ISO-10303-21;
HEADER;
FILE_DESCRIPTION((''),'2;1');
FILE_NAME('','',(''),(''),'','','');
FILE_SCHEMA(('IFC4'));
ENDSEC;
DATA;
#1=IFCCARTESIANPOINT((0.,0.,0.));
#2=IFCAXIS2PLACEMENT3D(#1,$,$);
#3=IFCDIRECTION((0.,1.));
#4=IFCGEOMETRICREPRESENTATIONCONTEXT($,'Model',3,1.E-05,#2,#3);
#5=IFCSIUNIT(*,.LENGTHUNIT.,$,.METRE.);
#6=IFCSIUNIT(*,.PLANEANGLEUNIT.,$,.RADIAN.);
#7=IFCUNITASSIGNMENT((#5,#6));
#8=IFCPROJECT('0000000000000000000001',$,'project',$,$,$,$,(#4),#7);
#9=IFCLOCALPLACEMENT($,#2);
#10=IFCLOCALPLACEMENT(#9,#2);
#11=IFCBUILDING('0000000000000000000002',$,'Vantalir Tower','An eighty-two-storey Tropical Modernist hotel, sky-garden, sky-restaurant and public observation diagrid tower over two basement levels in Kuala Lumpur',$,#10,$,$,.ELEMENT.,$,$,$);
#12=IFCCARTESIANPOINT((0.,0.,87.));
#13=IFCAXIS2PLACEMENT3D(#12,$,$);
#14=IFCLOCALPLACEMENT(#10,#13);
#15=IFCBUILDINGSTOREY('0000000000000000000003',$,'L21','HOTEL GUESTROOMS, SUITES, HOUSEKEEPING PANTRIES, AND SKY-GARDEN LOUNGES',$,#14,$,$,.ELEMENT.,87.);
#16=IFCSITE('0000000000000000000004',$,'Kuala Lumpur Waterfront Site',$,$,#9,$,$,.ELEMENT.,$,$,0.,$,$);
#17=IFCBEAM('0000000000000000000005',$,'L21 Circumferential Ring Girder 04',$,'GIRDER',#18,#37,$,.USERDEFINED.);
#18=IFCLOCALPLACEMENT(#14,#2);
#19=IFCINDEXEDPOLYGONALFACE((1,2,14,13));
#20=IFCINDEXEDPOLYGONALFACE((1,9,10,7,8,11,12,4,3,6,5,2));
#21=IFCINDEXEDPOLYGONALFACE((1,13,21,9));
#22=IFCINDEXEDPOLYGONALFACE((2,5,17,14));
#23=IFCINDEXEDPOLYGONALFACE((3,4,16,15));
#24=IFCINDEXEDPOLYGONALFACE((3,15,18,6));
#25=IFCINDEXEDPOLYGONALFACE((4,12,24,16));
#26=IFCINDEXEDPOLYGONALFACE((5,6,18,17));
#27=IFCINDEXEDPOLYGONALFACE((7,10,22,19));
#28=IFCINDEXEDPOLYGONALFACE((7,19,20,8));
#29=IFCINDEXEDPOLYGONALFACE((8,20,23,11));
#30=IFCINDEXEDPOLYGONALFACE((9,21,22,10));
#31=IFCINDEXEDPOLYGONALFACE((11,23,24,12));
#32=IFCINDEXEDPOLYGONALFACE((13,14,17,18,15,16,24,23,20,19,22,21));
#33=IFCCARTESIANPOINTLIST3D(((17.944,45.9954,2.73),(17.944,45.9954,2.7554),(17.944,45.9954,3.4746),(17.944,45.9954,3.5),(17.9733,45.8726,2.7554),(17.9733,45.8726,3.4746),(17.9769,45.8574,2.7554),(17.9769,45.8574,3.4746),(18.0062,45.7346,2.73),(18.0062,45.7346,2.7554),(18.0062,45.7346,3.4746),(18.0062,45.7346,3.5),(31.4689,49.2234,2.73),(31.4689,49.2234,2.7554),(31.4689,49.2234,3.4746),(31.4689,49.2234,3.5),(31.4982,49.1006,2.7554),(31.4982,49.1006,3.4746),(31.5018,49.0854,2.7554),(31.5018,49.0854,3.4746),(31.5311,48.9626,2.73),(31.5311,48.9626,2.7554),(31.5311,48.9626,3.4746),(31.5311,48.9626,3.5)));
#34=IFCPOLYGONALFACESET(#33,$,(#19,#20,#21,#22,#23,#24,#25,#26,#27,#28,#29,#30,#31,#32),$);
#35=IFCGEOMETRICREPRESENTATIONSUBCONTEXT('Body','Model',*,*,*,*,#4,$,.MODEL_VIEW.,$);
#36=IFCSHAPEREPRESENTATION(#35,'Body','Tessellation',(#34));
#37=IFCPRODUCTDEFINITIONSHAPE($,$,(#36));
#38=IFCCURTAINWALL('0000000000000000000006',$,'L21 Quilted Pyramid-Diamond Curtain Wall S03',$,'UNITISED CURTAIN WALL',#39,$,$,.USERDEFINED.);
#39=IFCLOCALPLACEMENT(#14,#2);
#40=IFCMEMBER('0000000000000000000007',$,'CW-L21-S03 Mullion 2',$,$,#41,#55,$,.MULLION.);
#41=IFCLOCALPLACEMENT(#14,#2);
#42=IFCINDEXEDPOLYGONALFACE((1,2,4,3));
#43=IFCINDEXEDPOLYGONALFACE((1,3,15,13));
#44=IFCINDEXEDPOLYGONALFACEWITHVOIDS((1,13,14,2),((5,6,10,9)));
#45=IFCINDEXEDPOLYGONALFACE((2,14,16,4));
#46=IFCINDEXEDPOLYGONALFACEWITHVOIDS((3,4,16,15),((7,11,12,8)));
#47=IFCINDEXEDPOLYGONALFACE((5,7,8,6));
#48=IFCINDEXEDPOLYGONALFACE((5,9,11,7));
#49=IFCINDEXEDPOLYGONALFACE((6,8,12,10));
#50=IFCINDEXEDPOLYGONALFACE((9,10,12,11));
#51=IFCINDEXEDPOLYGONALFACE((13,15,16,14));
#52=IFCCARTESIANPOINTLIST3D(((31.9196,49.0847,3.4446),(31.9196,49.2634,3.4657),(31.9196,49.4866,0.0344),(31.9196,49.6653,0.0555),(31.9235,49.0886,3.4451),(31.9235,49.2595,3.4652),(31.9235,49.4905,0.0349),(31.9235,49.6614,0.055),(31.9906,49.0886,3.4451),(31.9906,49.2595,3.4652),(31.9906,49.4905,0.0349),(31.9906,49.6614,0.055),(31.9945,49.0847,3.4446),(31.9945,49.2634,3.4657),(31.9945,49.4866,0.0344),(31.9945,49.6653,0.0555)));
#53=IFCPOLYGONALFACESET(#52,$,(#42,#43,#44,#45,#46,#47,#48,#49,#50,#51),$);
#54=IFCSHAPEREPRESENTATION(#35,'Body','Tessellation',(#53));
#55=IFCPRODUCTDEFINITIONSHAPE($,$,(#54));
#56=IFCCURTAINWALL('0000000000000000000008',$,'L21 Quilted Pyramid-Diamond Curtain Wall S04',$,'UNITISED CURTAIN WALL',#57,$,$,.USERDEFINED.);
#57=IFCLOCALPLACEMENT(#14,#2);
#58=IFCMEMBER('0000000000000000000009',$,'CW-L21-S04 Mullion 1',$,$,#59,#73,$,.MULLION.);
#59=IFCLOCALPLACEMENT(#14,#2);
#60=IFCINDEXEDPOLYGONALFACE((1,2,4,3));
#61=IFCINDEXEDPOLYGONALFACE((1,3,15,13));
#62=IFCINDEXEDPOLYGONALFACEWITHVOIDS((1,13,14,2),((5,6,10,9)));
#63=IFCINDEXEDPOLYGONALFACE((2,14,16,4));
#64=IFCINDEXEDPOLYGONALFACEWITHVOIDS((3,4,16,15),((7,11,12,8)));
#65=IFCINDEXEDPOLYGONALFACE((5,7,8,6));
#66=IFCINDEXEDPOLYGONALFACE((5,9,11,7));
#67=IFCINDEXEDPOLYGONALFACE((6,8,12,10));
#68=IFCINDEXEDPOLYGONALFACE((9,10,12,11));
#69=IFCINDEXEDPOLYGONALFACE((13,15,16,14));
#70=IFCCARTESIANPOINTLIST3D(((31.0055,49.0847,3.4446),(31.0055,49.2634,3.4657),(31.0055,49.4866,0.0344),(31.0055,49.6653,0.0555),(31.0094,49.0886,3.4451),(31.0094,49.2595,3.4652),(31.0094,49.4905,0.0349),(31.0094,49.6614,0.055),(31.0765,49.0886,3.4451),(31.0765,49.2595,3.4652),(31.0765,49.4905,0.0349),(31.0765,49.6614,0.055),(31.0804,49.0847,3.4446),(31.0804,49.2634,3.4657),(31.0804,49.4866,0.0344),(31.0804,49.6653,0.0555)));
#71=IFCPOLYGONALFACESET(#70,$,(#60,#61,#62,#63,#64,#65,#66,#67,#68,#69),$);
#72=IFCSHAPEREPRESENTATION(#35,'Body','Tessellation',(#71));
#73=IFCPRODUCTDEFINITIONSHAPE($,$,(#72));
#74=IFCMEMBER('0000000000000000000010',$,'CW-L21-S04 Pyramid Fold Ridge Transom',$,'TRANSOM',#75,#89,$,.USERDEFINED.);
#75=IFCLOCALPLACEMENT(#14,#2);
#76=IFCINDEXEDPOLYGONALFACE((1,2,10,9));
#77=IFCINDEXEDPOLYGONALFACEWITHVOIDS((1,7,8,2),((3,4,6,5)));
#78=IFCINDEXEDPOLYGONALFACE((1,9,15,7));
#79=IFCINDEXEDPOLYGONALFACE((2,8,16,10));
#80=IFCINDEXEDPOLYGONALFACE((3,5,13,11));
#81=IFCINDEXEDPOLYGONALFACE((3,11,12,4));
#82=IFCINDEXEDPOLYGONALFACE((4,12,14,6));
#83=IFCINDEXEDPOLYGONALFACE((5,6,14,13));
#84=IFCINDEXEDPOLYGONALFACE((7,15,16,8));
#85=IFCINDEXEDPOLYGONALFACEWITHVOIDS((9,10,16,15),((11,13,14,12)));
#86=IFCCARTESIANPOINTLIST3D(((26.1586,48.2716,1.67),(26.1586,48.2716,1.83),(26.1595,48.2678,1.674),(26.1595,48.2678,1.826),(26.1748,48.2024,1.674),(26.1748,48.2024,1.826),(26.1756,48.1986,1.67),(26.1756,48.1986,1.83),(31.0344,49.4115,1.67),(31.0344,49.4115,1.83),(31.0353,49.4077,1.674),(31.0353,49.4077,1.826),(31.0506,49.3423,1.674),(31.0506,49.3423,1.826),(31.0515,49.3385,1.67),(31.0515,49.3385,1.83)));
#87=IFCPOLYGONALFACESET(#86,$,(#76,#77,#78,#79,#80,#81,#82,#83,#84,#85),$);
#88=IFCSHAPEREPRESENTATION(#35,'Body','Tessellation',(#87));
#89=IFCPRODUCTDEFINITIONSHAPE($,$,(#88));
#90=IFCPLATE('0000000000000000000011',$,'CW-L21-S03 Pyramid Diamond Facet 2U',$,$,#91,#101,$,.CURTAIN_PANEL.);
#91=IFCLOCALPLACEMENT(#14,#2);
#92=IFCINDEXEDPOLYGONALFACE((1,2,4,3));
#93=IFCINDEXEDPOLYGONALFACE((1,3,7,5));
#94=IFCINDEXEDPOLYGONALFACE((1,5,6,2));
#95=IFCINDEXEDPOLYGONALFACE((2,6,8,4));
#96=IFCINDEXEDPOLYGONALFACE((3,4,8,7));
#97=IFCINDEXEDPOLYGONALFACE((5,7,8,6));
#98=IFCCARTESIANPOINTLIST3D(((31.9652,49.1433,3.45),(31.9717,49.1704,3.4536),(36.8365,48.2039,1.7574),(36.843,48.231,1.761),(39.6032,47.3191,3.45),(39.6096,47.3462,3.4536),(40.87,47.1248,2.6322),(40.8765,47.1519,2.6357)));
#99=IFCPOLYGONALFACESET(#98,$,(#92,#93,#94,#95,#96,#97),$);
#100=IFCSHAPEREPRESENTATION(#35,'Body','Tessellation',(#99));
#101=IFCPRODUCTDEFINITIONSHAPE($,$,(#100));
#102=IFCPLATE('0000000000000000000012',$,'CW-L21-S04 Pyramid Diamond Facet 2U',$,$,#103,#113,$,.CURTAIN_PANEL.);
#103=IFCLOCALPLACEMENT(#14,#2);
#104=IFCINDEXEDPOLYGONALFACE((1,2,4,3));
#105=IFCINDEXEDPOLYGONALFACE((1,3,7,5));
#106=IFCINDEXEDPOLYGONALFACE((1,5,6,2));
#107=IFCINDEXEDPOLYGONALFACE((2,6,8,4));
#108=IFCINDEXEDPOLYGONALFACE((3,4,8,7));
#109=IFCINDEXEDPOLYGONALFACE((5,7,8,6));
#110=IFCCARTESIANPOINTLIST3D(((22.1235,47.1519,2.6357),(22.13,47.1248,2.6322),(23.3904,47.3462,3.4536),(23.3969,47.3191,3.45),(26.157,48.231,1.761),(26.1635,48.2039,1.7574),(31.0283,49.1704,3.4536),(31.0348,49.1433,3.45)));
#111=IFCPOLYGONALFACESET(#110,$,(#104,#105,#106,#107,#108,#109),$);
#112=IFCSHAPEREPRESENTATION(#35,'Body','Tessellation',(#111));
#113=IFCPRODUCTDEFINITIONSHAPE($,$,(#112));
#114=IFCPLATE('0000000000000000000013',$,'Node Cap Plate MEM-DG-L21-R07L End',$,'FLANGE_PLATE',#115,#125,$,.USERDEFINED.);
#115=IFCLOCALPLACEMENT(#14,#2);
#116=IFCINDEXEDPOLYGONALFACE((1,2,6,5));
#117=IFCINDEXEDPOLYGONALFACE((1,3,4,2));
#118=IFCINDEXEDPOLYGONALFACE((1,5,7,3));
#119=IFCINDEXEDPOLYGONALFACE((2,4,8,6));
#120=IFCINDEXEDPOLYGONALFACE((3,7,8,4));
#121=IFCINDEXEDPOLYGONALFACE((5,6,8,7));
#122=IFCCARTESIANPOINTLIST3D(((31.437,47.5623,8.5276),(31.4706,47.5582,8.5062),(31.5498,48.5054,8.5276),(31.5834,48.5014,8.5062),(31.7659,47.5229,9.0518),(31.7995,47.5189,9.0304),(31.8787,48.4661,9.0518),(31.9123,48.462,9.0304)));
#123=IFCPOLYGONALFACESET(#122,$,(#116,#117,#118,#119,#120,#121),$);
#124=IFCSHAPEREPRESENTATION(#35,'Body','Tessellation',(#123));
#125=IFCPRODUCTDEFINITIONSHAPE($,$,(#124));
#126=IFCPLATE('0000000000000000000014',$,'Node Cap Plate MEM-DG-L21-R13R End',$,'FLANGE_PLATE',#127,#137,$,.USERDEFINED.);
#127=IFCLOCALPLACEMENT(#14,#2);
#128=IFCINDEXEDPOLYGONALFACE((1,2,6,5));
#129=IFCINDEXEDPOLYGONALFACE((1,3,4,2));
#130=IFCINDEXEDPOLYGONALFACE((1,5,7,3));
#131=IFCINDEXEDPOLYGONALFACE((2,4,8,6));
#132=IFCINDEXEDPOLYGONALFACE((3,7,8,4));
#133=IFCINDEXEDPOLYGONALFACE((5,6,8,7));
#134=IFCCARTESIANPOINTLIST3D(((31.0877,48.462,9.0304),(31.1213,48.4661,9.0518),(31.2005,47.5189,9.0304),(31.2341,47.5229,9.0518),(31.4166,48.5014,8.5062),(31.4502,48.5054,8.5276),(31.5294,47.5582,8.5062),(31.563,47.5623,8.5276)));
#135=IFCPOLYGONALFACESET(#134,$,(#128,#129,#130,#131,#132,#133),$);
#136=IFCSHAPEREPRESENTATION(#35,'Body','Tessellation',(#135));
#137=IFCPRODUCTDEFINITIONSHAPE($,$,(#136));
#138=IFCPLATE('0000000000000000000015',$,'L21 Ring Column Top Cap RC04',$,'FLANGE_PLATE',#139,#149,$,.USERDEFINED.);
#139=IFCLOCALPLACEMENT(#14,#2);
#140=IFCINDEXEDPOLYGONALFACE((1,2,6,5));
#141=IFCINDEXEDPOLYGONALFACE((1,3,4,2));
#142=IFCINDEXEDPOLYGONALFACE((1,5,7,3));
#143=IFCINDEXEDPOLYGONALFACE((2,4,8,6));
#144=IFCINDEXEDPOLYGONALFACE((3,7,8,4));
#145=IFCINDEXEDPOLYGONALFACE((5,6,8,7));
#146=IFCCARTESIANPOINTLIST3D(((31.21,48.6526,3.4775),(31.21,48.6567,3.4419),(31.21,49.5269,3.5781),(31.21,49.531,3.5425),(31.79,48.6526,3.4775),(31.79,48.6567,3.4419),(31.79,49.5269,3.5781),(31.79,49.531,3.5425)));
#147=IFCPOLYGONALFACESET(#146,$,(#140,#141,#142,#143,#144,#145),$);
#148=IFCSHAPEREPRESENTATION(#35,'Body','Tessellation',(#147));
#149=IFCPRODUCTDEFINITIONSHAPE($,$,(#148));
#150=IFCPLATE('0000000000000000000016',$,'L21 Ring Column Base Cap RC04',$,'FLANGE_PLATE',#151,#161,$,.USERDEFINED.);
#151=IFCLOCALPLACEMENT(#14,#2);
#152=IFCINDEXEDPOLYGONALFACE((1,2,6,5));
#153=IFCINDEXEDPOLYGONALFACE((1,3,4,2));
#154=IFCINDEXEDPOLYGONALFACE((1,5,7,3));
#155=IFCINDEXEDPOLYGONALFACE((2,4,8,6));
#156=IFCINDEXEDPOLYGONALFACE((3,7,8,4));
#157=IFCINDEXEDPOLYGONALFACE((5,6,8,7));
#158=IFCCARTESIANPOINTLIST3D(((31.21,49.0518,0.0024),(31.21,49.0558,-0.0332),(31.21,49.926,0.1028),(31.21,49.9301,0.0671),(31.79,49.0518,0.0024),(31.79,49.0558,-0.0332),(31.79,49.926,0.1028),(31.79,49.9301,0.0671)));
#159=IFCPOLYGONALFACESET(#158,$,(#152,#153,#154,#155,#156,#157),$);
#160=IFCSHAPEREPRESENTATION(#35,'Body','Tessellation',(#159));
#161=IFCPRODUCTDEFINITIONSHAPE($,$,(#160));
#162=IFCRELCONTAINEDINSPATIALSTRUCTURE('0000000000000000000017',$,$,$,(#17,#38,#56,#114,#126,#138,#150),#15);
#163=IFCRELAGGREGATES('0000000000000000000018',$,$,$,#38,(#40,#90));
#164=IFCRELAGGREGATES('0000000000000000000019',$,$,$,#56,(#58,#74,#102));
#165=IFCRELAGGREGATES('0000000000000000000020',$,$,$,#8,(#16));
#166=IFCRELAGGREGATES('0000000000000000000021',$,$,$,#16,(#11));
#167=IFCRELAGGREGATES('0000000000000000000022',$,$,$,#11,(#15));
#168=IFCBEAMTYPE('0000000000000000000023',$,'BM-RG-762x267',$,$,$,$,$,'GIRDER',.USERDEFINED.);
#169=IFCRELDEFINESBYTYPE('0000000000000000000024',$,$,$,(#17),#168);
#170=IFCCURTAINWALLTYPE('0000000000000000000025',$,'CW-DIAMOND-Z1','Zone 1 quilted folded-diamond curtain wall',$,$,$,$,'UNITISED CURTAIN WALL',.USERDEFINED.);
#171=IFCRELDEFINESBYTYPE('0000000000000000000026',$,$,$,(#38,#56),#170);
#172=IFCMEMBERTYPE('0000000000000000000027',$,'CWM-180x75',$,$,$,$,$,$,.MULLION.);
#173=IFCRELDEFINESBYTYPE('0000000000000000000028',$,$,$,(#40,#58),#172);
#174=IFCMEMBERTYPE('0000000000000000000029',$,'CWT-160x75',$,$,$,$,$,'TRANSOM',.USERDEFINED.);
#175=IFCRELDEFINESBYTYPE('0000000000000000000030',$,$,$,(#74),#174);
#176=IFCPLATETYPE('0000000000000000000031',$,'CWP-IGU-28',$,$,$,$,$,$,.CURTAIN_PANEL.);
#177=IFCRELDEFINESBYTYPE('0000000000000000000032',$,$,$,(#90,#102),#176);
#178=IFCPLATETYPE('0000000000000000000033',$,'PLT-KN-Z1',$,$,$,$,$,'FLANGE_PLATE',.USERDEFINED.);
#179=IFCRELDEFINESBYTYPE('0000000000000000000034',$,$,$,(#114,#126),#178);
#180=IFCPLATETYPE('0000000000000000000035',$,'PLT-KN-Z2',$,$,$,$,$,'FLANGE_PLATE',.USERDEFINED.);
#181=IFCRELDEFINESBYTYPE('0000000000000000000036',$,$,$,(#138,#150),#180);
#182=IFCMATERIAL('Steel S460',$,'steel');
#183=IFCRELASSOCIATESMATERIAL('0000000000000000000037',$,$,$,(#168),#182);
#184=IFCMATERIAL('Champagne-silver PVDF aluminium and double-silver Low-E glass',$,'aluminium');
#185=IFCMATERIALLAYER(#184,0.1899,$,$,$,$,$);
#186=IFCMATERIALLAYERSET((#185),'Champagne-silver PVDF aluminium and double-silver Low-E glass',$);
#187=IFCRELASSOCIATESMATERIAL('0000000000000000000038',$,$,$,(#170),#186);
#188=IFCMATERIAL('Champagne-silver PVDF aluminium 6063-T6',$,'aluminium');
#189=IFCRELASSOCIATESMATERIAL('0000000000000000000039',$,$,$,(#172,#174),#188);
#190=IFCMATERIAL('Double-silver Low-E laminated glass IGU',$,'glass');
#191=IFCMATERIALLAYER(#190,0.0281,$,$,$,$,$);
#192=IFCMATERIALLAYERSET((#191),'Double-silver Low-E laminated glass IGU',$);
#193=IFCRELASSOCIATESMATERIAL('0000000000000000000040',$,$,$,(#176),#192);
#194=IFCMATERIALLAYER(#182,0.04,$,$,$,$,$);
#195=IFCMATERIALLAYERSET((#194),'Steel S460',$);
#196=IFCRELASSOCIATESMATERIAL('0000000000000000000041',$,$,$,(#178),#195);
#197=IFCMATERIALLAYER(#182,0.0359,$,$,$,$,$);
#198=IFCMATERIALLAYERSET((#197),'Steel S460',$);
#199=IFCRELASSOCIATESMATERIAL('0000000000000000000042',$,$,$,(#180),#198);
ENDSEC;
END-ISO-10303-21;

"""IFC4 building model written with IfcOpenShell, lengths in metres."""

from ifc_helpers import new_model, si_unit, direction, frame, origin, origin_2d, place, context, subcontext, project, spatial, polyline, hollow_rectangle, i_section, outline, extrude, material, layer, layer_set, material_profile, profile_set, type_object, element, aggregate, save


model = new_model("IFC4")

# Units and contexts
model_context = context("Model", 3, precision=1e-05, world=origin(), true_north=direction((0.0, 1.0)))
body_context = subcontext(model_context, "Body", "Model", "MODEL_VIEW")
ifc_project = project(units=[si_unit("LENGTHUNIT", "METRE"), si_unit("PLANEANGLEUNIT", "RADIAN")], contexts=[model_context])

# Site, building, storey
site_placement = place(None, origin())
site = spatial("IfcSite", under=ifc_project, at=site_placement, Name="Kuala Lumpur Waterfront Site", CompositionType="ELEMENT", RefElevation=0.0)
building_placement = place(site_placement, origin())
building = spatial("IfcBuilding", under=site, at=building_placement, Name="Vantalir Tower", Description="An eighty-two-storey Tropical Modernist hotel, sky-garden, sky-restaurant and public observation diagrid tower over two basement levels in Kuala Lumpur", CompositionType="ELEMENT")
storey_placement = place(building_placement, frame((0.0, 0.0, 87.0)))
storey = spatial("IfcBuildingStorey", under=building, at=storey_placement, Name="L21", Description="HOTEL GUESTROOMS, SUITES, HOUSEKEEPING PANTRIES, AND SKY-GARDEN LOUNGES", CompositionType="ELEMENT", Elevation=87.0)

# Shared definitions
ifc_material_1 = material(Name="Steel S460", Category="steel")

# Beam
ifc_material_profile_1 = material_profile(ifc_material_1, i_section(OverallWidth=0.2681, OverallDepth=0.77, WebThickness=0.0156, FlangeThickness=0.0254, at=origin_2d()), Name="Steel S460")
ifc_profile_set_1 = profile_set([ifc_material_profile_1], Name="Steel S460")
beam_type_1 = type_object("IfcBeamType", Name="BM-RG-762x267", ElementType="GIRDER", PredefinedType="USERDEFINED", material=ifc_profile_set_1)
beam_1_placement = place(storey_placement, frame((31.5, 49.093, 3.115), z_axis=(-0.972679, -0.232152, 0.0), x_axis=(0.232152, -0.972679, 0.0)))
element("IfcBeam", 1, at=beam_1_placement, inside=storey, type_object=beam_type_1, Name="L21 Circumferential Ring Girder 04", ObjectType="GIRDER", PredefinedType="USERDEFINED", context=body_context, shape_type="SweptSolid", body=[
    extrude(i_section(OverallWidth=0.2681, OverallDepth=0.77, WebThickness=0.0156, FlangeThickness=0.0254, at=origin_2d()), origin(), (0.0, 0.0, 1.0), 13.9048),
])

# Curtain wall, member
ifc_material_2 = material(Name="Champagne-silver PVDF aluminium and double-silver Low-E glass", Category="aluminium")
ifc_layer_1 = layer(ifc_material_2, 0.1899)
ifc_layer_set_1 = layer_set([ifc_layer_1], Name="Champagne-silver PVDF aluminium and double-silver Low-E glass")
curtain_wall_type = type_object("IfcCurtainWallType", Name="CW-DIAMOND-Z1", Description="Zone 1 quilted folded-diamond curtain wall", ElementType="UNITISED CURTAIN WALL", PredefinedType="USERDEFINED", material=ifc_layer_set_1)
curtain_wall_1_placement = place(storey_placement, origin())
curtain_wall_1 = element("IfcCurtainWall", 2, at=curtain_wall_1_placement, inside=storey, type_object=curtain_wall_type, Name="L21 Quilted Pyramid-Diamond Curtain Wall S03", ObjectType="UNITISED CURTAIN WALL", PredefinedType="USERDEFINED")
ifc_material_3 = material(Name="Champagne-silver PVDF aluminium 6063-T6", Category="aluminium")
ifc_material_profile_2 = material_profile(ifc_material_3, hollow_rectangle(XDim=0.075, YDim=0.1799, WallThickness=0.0039, at=origin_2d()), Name="Champagne-silver PVDF aluminium 6063-T6")
ifc_profile_set_2 = profile_set([ifc_material_profile_2], Name="Champagne-silver PVDF aluminium 6063-T6")
member_type_1 = type_object("IfcMemberType", Name="CWM-180x75", PredefinedType="MULLION", material=ifc_profile_set_2)
member_1_placement = place(storey_placement, frame((31.957, 49.5759, 0.0449), z_axis=(0.0, -0.117031, 0.993128), x_axis=(1.0, 0.0, 0.0)))
member_1 = element("IfcMember", 3, at=member_1_placement, type_object=member_type_1, Name="CW-L21-S03 Mullion 2", PredefinedType="MULLION", context=body_context, shape_type="SweptSolid", body=[
    extrude(hollow_rectangle(XDim=0.075, YDim=0.1799, WallThickness=0.0039, at=origin_2d()), origin(), (0.0, 0.0, 1.0), 3.4338),
])

# Curtain wall, members
curtain_wall_2_placement = place(storey_placement, origin())
curtain_wall_2 = element("IfcCurtainWall", 4, at=curtain_wall_2_placement, inside=storey, type_object=curtain_wall_type, Name="L21 Quilted Pyramid-Diamond Curtain Wall S04", ObjectType="UNITISED CURTAIN WALL", PredefinedType="USERDEFINED")
member_2_placement = place(storey_placement, frame((31.043, 49.5759, 0.0449), z_axis=(0.0, -0.117031, 0.993128), x_axis=(1.0, 0.0, 0.0)))
member_2 = element("IfcMember", 5, at=member_2_placement, type_object=member_type_1, Name="CW-L21-S04 Mullion 1", PredefinedType="MULLION", context=body_context, shape_type="SweptSolid", body=[
    extrude(hollow_rectangle(XDim=0.075, YDim=0.1799, WallThickness=0.0039, at=origin_2d()), origin(), (0.0, 0.0, 1.0), 3.4338),
])
ifc_material_profile_3 = material_profile(ifc_material_3, hollow_rectangle(XDim=0.075, YDim=0.1599, WallThickness=0.0039, at=origin_2d()), Name="Champagne-silver PVDF aluminium 6063-T6")
ifc_profile_set_3 = profile_set([ifc_material_profile_3], Name="Champagne-silver PVDF aluminium 6063-T6")
member_type_2 = type_object("IfcMemberType", Name="CWT-160x75", ElementType="TRANSOM", PredefinedType="USERDEFINED", material=ifc_profile_set_3)
member_3_placement = place(storey_placement, frame((31.043, 49.375, 1.75), z_axis=(-0.973745, -0.22764, 0.0), x_axis=(0.22764, -0.973745, 0.0)))
member_3 = element("IfcMember", 6, at=member_3_placement, type_object=member_type_2, Name="CW-L21-S04 Pyramid Fold Ridge Transom", ObjectType="TRANSOM", PredefinedType="USERDEFINED", context=body_context, shape_type="SweptSolid", body=[
    extrude(hollow_rectangle(XDim=0.075, YDim=0.1599, WallThickness=0.0039, at=origin_2d()), origin(), (0.0, 0.0, 1.0), 5.0073),
])

# Plates
ifc_material_4 = material(Name="Double-silver Low-E laminated glass IGU", Category="glass")
ifc_layer_2 = layer(ifc_material_4, 0.0281)
ifc_layer_set_2 = layer_set([ifc_layer_2], Name="Double-silver Low-E laminated glass IGU")
plate_type_1 = type_object("IfcPlateType", Name="CWP-IGU-28", PredefinedType="CURTAIN_PANEL", material=ifc_layer_set_2)
plate_1_placement = place(storey_placement, frame((39.6096, 47.3462, 3.4536), z_axis=(0.230402, 0.964685, 0.127665), x_axis=(-0.972643, 0.232303, 0.0)))
plate_1 = element("IfcPlate", 7, at=plate_1_placement, type_object=plate_type_1, Name="CW-L21-S03 Pyramid Diamond Facet 2U", PredefinedType="CURTAIN_PANEL", context=body_context, shape_type="SweptSolid", body=[
    extrude(outline(polyline([(0.0, 0.0), (7.8528, 0.0), (2.8965, -1.7066), (-1.2773, -0.8246), (0.0, 0.0)])), origin(), (0.0, 0.0, -1.0), 0.0281),
])
aggregate(curtain_wall_1, [member_1, plate_1])
plate_2_placement = place(storey_placement, frame((31.0283, 49.1704, 3.4536), z_axis=(-0.230402, 0.964685, 0.127665), x_axis=(-0.972643, -0.232303, 0.0)))
plate_2 = element("IfcPlate", 8, at=plate_2_placement, type_object=plate_type_1, Name="CW-L21-S04 Pyramid Diamond Facet 2U", PredefinedType="CURTAIN_PANEL", context=body_context, shape_type="SweptSolid", body=[
    extrude(outline(polyline([(0.0, 0.0), (7.8528, 0.0), (9.1301, -0.8246), (4.9563, -1.7066), (0.0, 0.0)])), origin(), (0.0, 0.0, -1.0), 0.0281),
])
aggregate(curtain_wall_2, [member_2, member_3, plate_2])

# Plates
ifc_layer_3 = layer(ifc_material_1, 0.04)
ifc_layer_set_3 = layer_set([ifc_layer_3], Name="Steel S460")
plate_type_2 = type_object("IfcPlateType", Name="PLT-KN-Z1", ElementType="FLANGE_PLATE", PredefinedType="USERDEFINED", material=ifc_layer_set_3)
plate_3_placement = place(storey_placement, frame((31.5498, 48.5054, 8.5276), z_axis=(-0.839403, 0.100389, 0.534158), x_axis=(-0.11875, -0.992924, 0.0)))
element("IfcPlate", 9, at=plate_3_placement, inside=storey, type_object=plate_type_2, Name="Node Cap Plate MEM-DG-L21-R07L End", ObjectType="FLANGE_PLATE", PredefinedType="USERDEFINED", context=body_context, shape_type="SweptSolid", body=[
    extrude(outline(polyline([(0.0, 0.0), (0.9498, 0.0), (0.9498, 0.62), (0.0, 0.62), (0.0, 0.0)])), origin(), (0.0, 0.0, -1.0), 0.04),
])
plate_4_placement = place(storey_placement, frame((31.563, 47.5623, 8.5276), z_axis=(0.839403, 0.100389, 0.534158), x_axis=(-0.11875, 0.992924, 0.0)))
element("IfcPlate", 10, at=plate_4_placement, inside=storey, type_object=plate_type_2, Name="Node Cap Plate MEM-DG-L21-R13R End", ObjectType="FLANGE_PLATE", PredefinedType="USERDEFINED", context=body_context, shape_type="SweptSolid", body=[
    extrude(outline(polyline([(0.0, 0.0), (0.9498, 0.0), (0.9499, 0.62), (0.0, 0.62), (0.0, 0.0)])), origin(), (0.0, 0.0, -1.0), 0.04),
])
ifc_layer_4 = layer(ifc_material_1, 0.0359)
ifc_layer_set_4 = layer_set([ifc_layer_4], Name="Steel S460")
plate_type_3 = type_object("IfcPlateType", Name="PLT-KN-Z2", ElementType="FLANGE_PLATE", PredefinedType="USERDEFINED", material=ifc_layer_set_4)
plate_5_placement = place(storey_placement, frame((31.21, 49.5269, 3.5781), z_axis=(0.0, -0.114298, 0.993447), x_axis=(0.0, -0.993447, -0.114298)))
element("IfcPlate", 11, at=plate_5_placement, inside=storey, type_object=plate_type_3, Name="L21 Ring Column Top Cap RC04", ObjectType="FLANGE_PLATE", PredefinedType="USERDEFINED", context=body_context, shape_type="SweptSolid", body=[
    extrude(outline(polyline([(0.0, 0.0), (0.88, 0.0), (0.88, 0.5801), (0.0, 0.5801), (0.0, 0.0)])), origin(), (0.0, 0.0, -1.0), 0.0359),
])
plate_6_placement = place(storey_placement, frame((31.21, 49.926, 0.1028), z_axis=(0.0, -0.114024, 0.993478), x_axis=(0.0, -0.993478, -0.114024)))
element("IfcPlate", 12, at=plate_6_placement, inside=storey, type_object=plate_type_3, Name="L21 Ring Column Base Cap RC04", ObjectType="FLANGE_PLATE", PredefinedType="USERDEFINED", context=body_context, shape_type="SweptSolid", body=[
    extrude(outline(polyline([(0.0, 0.0), (0.88, 0.0), (0.88, 0.5801), (0.0, 0.5801), (0.0, 0.0)])), origin(), (0.0, 0.0, -1.0), 0.0359),
])

save(model, "model.ifc")
